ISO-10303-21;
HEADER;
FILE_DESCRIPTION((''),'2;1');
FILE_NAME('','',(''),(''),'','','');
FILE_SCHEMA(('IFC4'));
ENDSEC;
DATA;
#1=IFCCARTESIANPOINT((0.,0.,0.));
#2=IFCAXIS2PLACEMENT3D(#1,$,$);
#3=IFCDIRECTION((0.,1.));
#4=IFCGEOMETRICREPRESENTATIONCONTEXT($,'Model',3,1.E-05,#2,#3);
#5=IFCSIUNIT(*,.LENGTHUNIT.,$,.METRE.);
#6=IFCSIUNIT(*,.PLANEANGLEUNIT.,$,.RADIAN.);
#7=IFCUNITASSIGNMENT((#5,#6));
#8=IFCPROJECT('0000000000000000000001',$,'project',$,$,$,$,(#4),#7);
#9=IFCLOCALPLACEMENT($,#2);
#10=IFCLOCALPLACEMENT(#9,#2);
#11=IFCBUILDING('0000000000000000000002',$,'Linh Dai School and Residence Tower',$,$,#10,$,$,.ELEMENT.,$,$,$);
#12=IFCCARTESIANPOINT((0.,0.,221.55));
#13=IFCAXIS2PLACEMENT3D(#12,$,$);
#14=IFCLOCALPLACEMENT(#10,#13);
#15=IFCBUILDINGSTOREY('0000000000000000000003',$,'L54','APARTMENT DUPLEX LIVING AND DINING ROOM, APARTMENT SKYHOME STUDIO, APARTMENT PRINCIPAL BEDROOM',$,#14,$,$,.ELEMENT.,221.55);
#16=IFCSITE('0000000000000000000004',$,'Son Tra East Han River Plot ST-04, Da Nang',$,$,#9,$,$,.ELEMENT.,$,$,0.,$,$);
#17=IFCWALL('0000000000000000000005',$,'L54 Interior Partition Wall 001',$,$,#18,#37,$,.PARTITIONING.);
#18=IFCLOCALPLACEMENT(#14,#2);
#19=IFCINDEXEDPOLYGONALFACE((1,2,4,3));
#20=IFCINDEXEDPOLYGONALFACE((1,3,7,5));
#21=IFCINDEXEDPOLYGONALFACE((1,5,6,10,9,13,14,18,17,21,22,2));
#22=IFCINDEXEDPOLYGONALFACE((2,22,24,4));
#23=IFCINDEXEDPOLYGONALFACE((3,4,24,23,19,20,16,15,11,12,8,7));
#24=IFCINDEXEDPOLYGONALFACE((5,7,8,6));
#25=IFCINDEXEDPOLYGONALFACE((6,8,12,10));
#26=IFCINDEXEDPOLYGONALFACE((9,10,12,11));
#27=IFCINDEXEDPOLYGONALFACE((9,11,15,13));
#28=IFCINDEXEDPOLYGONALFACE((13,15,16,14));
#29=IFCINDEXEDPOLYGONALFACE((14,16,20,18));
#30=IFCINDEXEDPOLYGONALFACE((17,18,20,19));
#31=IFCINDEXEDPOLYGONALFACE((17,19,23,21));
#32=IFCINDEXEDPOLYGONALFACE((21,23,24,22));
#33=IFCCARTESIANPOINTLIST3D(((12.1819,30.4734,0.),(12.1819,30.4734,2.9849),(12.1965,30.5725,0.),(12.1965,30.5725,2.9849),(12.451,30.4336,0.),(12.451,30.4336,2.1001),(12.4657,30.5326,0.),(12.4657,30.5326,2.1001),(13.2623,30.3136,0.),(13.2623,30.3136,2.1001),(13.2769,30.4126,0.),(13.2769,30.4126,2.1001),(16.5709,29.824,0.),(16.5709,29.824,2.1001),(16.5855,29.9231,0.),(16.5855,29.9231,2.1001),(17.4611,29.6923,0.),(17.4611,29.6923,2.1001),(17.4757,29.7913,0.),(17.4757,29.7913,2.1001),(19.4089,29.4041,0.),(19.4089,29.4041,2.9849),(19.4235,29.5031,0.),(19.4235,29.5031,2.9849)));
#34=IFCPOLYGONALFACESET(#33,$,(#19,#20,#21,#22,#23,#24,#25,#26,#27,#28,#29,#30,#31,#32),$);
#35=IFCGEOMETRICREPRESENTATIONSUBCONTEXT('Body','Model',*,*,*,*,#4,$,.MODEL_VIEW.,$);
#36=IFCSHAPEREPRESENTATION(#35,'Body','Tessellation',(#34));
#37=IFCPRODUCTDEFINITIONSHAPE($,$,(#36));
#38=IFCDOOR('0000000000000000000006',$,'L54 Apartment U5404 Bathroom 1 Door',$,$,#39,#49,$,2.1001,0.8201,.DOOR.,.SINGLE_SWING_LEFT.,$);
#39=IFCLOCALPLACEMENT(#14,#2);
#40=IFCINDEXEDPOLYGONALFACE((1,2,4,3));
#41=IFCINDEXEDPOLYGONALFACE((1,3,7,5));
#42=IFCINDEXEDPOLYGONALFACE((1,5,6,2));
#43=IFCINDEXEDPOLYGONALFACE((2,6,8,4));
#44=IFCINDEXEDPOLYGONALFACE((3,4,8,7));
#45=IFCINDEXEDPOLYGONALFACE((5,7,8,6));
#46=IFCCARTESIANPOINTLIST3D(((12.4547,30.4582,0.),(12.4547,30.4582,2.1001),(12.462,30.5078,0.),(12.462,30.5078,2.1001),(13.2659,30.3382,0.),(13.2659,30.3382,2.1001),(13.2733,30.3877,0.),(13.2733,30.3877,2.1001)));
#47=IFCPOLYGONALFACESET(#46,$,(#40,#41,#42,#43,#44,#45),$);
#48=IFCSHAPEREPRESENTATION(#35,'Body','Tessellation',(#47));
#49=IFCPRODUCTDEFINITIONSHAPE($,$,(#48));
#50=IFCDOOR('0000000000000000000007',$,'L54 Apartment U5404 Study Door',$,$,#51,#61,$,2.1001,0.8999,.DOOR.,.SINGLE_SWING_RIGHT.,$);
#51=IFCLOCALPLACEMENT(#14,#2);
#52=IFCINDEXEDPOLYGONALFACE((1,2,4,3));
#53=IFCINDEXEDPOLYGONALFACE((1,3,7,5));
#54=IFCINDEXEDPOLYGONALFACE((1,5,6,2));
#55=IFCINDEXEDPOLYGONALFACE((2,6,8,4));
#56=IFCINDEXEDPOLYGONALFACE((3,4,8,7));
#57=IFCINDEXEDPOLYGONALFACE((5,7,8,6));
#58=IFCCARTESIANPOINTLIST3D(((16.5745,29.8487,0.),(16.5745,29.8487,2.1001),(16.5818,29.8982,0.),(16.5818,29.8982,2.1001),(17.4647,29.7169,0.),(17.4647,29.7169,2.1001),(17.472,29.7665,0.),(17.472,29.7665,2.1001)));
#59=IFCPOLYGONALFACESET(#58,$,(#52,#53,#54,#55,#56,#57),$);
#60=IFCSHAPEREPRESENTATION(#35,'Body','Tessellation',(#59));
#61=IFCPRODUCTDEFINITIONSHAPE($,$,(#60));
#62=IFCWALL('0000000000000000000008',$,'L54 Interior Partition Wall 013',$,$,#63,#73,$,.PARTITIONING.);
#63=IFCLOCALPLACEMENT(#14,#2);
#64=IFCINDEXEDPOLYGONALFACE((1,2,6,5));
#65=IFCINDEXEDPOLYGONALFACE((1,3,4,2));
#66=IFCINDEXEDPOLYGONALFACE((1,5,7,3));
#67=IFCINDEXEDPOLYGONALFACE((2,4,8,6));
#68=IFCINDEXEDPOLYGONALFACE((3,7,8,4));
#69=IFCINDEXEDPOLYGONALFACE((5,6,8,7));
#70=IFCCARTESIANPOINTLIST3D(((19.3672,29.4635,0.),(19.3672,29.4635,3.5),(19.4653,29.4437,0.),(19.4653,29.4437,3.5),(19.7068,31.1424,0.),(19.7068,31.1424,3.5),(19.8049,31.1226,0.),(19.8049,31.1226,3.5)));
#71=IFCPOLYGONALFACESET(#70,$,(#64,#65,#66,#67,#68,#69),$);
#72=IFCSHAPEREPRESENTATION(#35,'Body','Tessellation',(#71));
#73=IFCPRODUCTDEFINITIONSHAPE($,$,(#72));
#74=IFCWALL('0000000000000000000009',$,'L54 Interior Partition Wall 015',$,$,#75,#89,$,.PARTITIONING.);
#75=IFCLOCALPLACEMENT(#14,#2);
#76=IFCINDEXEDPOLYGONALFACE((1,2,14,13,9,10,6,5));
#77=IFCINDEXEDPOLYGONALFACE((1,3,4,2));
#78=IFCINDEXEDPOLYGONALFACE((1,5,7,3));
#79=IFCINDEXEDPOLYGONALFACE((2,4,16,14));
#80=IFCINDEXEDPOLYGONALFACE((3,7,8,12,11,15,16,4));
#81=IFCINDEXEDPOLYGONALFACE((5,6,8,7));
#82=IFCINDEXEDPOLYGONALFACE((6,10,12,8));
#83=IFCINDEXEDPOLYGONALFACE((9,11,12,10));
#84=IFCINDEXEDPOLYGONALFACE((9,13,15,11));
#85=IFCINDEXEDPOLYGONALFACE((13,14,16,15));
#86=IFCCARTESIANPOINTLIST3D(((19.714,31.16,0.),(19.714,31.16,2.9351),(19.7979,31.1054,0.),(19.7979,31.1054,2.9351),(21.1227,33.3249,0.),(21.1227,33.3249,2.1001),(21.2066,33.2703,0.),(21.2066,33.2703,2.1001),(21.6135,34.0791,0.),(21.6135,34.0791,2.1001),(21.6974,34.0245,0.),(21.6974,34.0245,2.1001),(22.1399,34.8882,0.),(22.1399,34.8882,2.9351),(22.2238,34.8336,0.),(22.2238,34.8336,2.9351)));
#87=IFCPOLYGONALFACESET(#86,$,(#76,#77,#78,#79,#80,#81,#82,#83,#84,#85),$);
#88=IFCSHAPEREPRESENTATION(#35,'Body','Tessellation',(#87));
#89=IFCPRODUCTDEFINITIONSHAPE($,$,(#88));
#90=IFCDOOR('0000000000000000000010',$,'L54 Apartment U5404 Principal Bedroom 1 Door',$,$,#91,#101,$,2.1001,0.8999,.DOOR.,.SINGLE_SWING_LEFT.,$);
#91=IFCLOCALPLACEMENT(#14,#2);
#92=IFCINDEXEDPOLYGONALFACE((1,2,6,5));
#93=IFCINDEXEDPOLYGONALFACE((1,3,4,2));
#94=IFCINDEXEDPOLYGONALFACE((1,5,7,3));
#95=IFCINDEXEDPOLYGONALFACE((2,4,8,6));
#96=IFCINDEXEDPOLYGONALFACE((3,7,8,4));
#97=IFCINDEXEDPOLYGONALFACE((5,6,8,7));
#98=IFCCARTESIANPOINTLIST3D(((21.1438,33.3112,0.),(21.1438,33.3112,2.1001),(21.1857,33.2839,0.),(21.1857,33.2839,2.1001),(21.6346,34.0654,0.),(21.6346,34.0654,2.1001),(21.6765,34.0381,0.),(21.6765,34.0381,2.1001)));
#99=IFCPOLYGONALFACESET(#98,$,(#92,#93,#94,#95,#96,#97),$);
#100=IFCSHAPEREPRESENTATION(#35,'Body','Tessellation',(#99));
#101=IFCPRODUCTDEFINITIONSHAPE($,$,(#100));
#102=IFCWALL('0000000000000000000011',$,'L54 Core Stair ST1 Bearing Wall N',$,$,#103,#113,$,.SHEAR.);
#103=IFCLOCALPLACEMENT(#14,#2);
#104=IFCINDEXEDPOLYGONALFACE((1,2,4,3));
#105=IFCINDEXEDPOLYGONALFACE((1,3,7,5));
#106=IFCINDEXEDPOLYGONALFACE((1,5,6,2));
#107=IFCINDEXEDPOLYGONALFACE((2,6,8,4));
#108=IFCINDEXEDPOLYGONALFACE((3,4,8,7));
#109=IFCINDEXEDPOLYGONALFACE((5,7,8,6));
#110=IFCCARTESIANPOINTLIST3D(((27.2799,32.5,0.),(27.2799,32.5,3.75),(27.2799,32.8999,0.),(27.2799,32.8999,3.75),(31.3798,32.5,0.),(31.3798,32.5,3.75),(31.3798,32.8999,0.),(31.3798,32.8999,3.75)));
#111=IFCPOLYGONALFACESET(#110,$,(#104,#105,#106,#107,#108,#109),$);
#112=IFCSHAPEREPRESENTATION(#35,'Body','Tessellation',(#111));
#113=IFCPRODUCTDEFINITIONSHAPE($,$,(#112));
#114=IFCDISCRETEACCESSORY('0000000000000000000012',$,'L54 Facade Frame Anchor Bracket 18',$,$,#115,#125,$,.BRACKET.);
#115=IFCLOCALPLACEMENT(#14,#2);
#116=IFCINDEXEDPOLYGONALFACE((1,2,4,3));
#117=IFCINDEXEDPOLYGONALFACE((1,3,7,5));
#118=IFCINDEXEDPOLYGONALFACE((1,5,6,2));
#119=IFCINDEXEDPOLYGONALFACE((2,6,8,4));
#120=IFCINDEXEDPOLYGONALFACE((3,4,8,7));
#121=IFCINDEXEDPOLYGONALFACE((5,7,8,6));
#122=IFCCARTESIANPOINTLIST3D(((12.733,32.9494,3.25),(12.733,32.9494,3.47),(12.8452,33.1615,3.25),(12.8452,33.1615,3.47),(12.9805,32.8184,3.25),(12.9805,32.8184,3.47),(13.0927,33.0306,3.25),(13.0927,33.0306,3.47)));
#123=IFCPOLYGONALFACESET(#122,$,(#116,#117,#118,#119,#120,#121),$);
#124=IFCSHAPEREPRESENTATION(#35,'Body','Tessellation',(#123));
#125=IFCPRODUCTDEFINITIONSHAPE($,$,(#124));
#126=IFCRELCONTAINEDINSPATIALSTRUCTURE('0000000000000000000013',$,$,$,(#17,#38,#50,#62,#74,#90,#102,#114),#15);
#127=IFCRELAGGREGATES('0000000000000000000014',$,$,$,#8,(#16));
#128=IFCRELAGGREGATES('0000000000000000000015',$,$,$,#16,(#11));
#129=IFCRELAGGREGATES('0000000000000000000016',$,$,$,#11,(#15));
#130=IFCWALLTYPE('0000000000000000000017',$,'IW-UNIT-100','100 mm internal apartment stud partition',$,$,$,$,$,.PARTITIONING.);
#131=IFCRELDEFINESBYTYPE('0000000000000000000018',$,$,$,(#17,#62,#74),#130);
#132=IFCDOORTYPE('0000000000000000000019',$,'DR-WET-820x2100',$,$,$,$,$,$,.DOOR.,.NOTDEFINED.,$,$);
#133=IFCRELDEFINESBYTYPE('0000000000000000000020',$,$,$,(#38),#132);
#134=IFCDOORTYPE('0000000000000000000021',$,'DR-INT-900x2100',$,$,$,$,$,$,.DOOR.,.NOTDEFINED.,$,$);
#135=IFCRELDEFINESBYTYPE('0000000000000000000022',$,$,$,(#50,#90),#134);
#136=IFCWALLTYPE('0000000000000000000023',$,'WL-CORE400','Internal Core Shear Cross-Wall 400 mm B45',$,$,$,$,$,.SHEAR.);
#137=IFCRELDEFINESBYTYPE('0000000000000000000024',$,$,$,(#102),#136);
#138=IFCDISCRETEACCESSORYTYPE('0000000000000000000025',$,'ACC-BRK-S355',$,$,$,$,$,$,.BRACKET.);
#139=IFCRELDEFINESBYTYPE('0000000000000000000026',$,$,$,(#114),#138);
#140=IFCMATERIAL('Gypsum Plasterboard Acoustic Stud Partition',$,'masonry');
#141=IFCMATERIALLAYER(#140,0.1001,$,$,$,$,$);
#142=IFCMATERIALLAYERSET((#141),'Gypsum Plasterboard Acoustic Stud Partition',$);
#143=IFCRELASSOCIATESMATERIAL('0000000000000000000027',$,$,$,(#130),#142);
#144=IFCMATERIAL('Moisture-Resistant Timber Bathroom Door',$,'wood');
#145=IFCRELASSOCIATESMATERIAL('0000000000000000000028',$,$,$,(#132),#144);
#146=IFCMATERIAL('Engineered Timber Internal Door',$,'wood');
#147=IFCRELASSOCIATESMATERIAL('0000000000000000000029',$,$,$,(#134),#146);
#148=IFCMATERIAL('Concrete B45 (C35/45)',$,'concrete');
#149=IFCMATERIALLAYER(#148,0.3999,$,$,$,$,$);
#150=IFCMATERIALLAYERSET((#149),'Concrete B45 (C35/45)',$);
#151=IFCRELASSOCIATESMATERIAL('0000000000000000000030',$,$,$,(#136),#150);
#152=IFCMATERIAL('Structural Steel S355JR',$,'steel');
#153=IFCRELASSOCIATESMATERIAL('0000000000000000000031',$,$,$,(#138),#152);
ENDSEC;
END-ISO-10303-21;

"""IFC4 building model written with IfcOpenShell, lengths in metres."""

from ifc_helpers import new_model, si_unit, direction, frame, frame_2d, origin, origin_2d, place, context, subcontext, project, spatial, rectangle, extrude, source, transform, mapped, material, layer, layer_set, type_object, element, fill, save


model = new_model("IFC4")

# Units and contexts
model_context = context("Model", 3, precision=1e-05, world=origin(), true_north=direction((0.0, 1.0)))
body_context = subcontext(model_context, "Body", "Model", "MODEL_VIEW")
ifc_project = project(units=[si_unit("LENGTHUNIT", "METRE"), si_unit("PLANEANGLEUNIT", "RADIAN")], contexts=[model_context])

# Site, building, storey
site_placement = place(None, origin())
site = spatial("IfcSite", under=ifc_project, at=site_placement, Name="Son Tra East Han River Plot ST-04, Da Nang", CompositionType="ELEMENT", RefElevation=0.0)
building_placement = place(site_placement, origin())
building = spatial("IfcBuilding", under=site, at=building_placement, Name="Linh Dai School and Residence Tower", CompositionType="ELEMENT")
storey_placement = place(building_placement, frame((0.0, 0.0, 221.55)))
storey = spatial("IfcBuildingStorey", under=building, at=storey_placement, Name="L54", Description="APARTMENT DUPLEX LIVING AND DINING ROOM, APARTMENT SKYHOME STUDIO, APARTMENT PRINCIPAL BEDROOM", CompositionType="ELEMENT", Elevation=221.55)

# Shared definitions
ifc_material_1 = material(Name="Concrete B45 (C35/45)", Category="concrete")
ifc_material_2 = material(Name="Structural Steel S355JR", Category="steel")

# Wall, openings, doors
ifc_material_3 = material(Name="Gypsum Plasterboard Acoustic Stud Partition", Category="masonry")
ifc_layer_1 = layer(ifc_material_3, 0.1001)
ifc_layer_set_1 = layer_set([ifc_layer_1], Name="Gypsum Plasterboard Acoustic Stud Partition")
wall_type_1 = type_object("IfcWallType", Name="IW-UNIT-100", Description="100 mm internal apartment stud partition", PredefinedType="PARTITIONING", material=ifc_layer_set_1)
wall_1_placement = place(storey_placement, frame((12.1892, 30.5229, 0.0), z_axis=(0.0, 0.0, 1.0), x_axis=(0.98923, -0.146369, 0.0)))
wall_1 = element("IfcWall", 1, at=wall_1_placement, inside=storey, type_object=wall_type_1, Name="L54 Interior Partition Wall 001", PredefinedType="PARTITIONING", context=body_context, shape_type="SweptSolid", body=[
    extrude(rectangle(XDim=7.3057, YDim=0.1001, at=frame_2d((3.6528, 0.0))), origin(), (0.0, 0.0, 1.0), 2.9849),
])
opening_1_placement = place(wall_1_placement, frame((4.4368, 0.0, 0.0)))
opening_1 = element("IfcOpeningElement", 2, at=opening_1_placement, cuts=wall_1, PredefinedType="OPENING", context=body_context, shape_type="SweptSolid", body=[
    extrude(rectangle(XDim=0.8999, YDim=2.1001, at=origin_2d()), frame((0.45, 0.0601, 1.05), z_axis=(0.0, -1.0, 0.0), x_axis=(1.0, 0.0, 0.0)), (0.0, 0.0, 1.0), 0.1201),
])
opening_2_placement = place(wall_1_placement, frame((0.272, 0.0, 0.0)))
opening_2 = element("IfcOpeningElement", 3, at=opening_2_placement, cuts=wall_1, PredefinedType="OPENING", context=body_context, shape_type="SweptSolid", body=[
    extrude(rectangle(XDim=0.8201, YDim=2.1001, at=origin_2d()), frame((0.4102, 0.0601, 1.05), z_axis=(0.0, -1.0, 0.0), x_axis=(1.0, 0.0, 0.0)), (0.0, 0.0, 1.0), 0.1201),
])
ifc_material_4 = material(Name="Moisture-Resistant Timber Bathroom Door", Category="wood")
door_type_1 = type_object("IfcDoorType", Name="DR-WET-820x2100", OperationType="NOTDEFINED", PredefinedType="DOOR", material=ifc_material_4)
shared_shape_1 = source(origin(), body_context, "Body", "SweptSolid", [
    extrude(rectangle(XDim=0.8201, YDim=2.1001, at=origin_2d()), frame((0.4102, 0.0249, 1.05), z_axis=(0.0, -1.0, 0.0), x_axis=(1.0, 0.0, 0.0)), (0.0, 0.0, 1.0), 0.05),
])
door_1_placement = place(opening_2_placement, origin())
door_1 = element("IfcDoor", 4, at=door_1_placement, inside=storey, type_object=door_type_1, Name="L54 Apartment U5404 Bathroom 1 Door", OperationType="SINGLE_SWING_LEFT", OverallHeight=2.1001, OverallWidth=0.8201, PredefinedType="DOOR", context=body_context, shape_type="MappedRepresentation", body=[
    mapped(shared_shape_1, transform((0.0, 0.0, 0.0), x_axis=(1.0, 0.0, 0.0), y_axis=(0.0, 1.0, 0.0), z_axis=(0.0, 0.0, 1.0), scale=1.0)),
])
fill(opening_2, door_1)
ifc_material_5 = material(Name="Engineered Timber Internal Door", Category="wood")
door_type_2 = type_object("IfcDoorType", Name="DR-INT-900x2100", OperationType="NOTDEFINED", PredefinedType="DOOR", material=ifc_material_5)
shared_shape_2 = source(origin(), body_context, "Body", "SweptSolid", [
    extrude(rectangle(XDim=0.8999, YDim=2.1001, at=origin_2d()), frame((0.45, 0.0249, 1.05), z_axis=(0.0, -1.0, 0.0), x_axis=(1.0, 0.0, 0.0)), (0.0, 0.0, 1.0), 0.05),
])
door_2_placement = place(opening_1_placement, origin())
door_2 = element("IfcDoor", 5, at=door_2_placement, inside=storey, type_object=door_type_2, Name="L54 Apartment U5404 Study Door", OperationType="SINGLE_SWING_RIGHT", OverallHeight=2.1001, OverallWidth=0.8999, PredefinedType="DOOR", context=body_context, shape_type="MappedRepresentation", body=[
    mapped(shared_shape_2, transform((0.0, 0.0, 0.0), x_axis=(1.0, 0.0, 0.0), y_axis=(0.0, 1.0, 0.0), z_axis=(0.0, 0.0, 1.0), scale=1.0)),
])
fill(opening_1, door_2)

# Wall
wall_2_placement = place(storey_placement, frame((19.4163, 29.4536, 0.0), z_axis=(0.0, 0.0, 1.0), x_axis=(0.198254, 0.980151, 0.0)))
element("IfcWall", 6, at=wall_2_placement, inside=storey, type_object=wall_type_1, Name="L54 Interior Partition Wall 013", PredefinedType="PARTITIONING", context=body_context, shape_type="SweptSolid", body=[
    extrude(rectangle(XDim=1.7129, YDim=0.1001, at=frame_2d((0.8564, 0.0))), origin(), (0.0, 0.0, 1.0), 3.5),
])

# Wall, opening, door
wall_3_placement = place(storey_placement, frame((19.7559, 31.1326, 0.0), z_axis=(0.0, 0.0, 1.0), x_axis=(0.545407, 0.838171, 0.0)))
wall_3 = element("IfcWall", 7, at=wall_3_placement, inside=storey, type_object=wall_type_1, Name="L54 Interior Partition Wall 015", PredefinedType="PARTITIONING", context=body_context, shape_type="SweptSolid", body=[
    extrude(rectangle(XDim=4.448, YDim=0.1001, at=frame_2d((2.2241, 0.0))), origin(), (0.0, 0.0, 1.0), 2.9351),
])
opening_3_placement = place(wall_3_placement, frame((2.583, 0.0, 0.0)))
opening_3 = element("IfcOpeningElement", 8, at=opening_3_placement, cuts=wall_3, PredefinedType="OPENING", context=body_context, shape_type="SweptSolid", body=[
    extrude(rectangle(XDim=0.8999, YDim=2.1001, at=origin_2d()), frame((0.45, 0.0601, 1.05), z_axis=(0.0, -1.0, 0.0), x_axis=(1.0, 0.0, 0.0)), (0.0, 0.0, 1.0), 0.1201),
])
door_3_placement = place(opening_3_placement, origin())
door_3 = element("IfcDoor", 9, at=door_3_placement, inside=storey, type_object=door_type_2, Name="L54 Apartment U5404 Principal Bedroom 1 Door", OperationType="SINGLE_SWING_LEFT", OverallHeight=2.1001, OverallWidth=0.8999, PredefinedType="DOOR", context=body_context, shape_type="MappedRepresentation", body=[
    mapped(shared_shape_2, transform((0.0, 0.0, 0.0), x_axis=(1.0, 0.0, 0.0), y_axis=(0.0, 1.0, 0.0), z_axis=(0.0, 0.0, 1.0), scale=1.0)),
])
fill(opening_3, door_3)

# Wall
ifc_layer_2 = layer(ifc_material_1, 0.3999)
ifc_layer_set_2 = layer_set([ifc_layer_2], Name="Concrete B45 (C35/45)")
wall_type_2 = type_object("IfcWallType", Name="WL-CORE400", Description="Internal Core Shear Cross-Wall 400 mm B45", PredefinedType="SHEAR", material=ifc_layer_set_2)
wall_4_placement = place(storey_placement, frame((27.28, 32.7, 0.0), z_axis=(0.0, 0.0, 1.0), x_axis=(1.0, 0.0, 0.0)))
element("IfcWall", 10, at=wall_4_placement, inside=storey, type_object=wall_type_2, Name="L54 Core Stair ST1 Bearing Wall N", PredefinedType="SHEAR", context=body_context, shape_type="SweptSolid", body=[
    extrude(rectangle(XDim=4.0999, YDim=0.3999, at=frame_2d((2.0498, 0.0))), origin(), (0.0, 0.0, 1.0), 3.75),
])

# Discrete accessory
discrete_accessory_type = type_object("IfcDiscreteAccessoryType", Name="ACC-BRK-S355", PredefinedType="BRACKET", material=ifc_material_2)
shared_shape_3 = source(origin(), body_context, "Body", "SweptSolid", [
    extrude(rectangle(XDim=0.28, YDim=0.24, at=origin_2d()), origin(), (0.0, 0.0, 1.0), 0.22),
])
discrete_accessory_placement = place(storey_placement, frame((12.9128, 32.99, 3.25), z_axis=(0.0, 0.0, 1.0), x_axis=(-0.883929, 0.467621, 0.0)))
element("IfcDiscreteAccessory", 11, at=discrete_accessory_placement, inside=storey, type_object=discrete_accessory_type, Name="L54 Facade Frame Anchor Bracket 18", PredefinedType="BRACKET", context=body_context, shape_type="MappedRepresentation", body=[
    mapped(shared_shape_3, transform((0.0, 0.0, 0.0), x_axis=(1.0, 0.0, 0.0), y_axis=(0.0, 1.0, 0.0), z_axis=(0.0, 0.0, 1.0), scale=1.0)),
])

save(model, "model.ifc")
